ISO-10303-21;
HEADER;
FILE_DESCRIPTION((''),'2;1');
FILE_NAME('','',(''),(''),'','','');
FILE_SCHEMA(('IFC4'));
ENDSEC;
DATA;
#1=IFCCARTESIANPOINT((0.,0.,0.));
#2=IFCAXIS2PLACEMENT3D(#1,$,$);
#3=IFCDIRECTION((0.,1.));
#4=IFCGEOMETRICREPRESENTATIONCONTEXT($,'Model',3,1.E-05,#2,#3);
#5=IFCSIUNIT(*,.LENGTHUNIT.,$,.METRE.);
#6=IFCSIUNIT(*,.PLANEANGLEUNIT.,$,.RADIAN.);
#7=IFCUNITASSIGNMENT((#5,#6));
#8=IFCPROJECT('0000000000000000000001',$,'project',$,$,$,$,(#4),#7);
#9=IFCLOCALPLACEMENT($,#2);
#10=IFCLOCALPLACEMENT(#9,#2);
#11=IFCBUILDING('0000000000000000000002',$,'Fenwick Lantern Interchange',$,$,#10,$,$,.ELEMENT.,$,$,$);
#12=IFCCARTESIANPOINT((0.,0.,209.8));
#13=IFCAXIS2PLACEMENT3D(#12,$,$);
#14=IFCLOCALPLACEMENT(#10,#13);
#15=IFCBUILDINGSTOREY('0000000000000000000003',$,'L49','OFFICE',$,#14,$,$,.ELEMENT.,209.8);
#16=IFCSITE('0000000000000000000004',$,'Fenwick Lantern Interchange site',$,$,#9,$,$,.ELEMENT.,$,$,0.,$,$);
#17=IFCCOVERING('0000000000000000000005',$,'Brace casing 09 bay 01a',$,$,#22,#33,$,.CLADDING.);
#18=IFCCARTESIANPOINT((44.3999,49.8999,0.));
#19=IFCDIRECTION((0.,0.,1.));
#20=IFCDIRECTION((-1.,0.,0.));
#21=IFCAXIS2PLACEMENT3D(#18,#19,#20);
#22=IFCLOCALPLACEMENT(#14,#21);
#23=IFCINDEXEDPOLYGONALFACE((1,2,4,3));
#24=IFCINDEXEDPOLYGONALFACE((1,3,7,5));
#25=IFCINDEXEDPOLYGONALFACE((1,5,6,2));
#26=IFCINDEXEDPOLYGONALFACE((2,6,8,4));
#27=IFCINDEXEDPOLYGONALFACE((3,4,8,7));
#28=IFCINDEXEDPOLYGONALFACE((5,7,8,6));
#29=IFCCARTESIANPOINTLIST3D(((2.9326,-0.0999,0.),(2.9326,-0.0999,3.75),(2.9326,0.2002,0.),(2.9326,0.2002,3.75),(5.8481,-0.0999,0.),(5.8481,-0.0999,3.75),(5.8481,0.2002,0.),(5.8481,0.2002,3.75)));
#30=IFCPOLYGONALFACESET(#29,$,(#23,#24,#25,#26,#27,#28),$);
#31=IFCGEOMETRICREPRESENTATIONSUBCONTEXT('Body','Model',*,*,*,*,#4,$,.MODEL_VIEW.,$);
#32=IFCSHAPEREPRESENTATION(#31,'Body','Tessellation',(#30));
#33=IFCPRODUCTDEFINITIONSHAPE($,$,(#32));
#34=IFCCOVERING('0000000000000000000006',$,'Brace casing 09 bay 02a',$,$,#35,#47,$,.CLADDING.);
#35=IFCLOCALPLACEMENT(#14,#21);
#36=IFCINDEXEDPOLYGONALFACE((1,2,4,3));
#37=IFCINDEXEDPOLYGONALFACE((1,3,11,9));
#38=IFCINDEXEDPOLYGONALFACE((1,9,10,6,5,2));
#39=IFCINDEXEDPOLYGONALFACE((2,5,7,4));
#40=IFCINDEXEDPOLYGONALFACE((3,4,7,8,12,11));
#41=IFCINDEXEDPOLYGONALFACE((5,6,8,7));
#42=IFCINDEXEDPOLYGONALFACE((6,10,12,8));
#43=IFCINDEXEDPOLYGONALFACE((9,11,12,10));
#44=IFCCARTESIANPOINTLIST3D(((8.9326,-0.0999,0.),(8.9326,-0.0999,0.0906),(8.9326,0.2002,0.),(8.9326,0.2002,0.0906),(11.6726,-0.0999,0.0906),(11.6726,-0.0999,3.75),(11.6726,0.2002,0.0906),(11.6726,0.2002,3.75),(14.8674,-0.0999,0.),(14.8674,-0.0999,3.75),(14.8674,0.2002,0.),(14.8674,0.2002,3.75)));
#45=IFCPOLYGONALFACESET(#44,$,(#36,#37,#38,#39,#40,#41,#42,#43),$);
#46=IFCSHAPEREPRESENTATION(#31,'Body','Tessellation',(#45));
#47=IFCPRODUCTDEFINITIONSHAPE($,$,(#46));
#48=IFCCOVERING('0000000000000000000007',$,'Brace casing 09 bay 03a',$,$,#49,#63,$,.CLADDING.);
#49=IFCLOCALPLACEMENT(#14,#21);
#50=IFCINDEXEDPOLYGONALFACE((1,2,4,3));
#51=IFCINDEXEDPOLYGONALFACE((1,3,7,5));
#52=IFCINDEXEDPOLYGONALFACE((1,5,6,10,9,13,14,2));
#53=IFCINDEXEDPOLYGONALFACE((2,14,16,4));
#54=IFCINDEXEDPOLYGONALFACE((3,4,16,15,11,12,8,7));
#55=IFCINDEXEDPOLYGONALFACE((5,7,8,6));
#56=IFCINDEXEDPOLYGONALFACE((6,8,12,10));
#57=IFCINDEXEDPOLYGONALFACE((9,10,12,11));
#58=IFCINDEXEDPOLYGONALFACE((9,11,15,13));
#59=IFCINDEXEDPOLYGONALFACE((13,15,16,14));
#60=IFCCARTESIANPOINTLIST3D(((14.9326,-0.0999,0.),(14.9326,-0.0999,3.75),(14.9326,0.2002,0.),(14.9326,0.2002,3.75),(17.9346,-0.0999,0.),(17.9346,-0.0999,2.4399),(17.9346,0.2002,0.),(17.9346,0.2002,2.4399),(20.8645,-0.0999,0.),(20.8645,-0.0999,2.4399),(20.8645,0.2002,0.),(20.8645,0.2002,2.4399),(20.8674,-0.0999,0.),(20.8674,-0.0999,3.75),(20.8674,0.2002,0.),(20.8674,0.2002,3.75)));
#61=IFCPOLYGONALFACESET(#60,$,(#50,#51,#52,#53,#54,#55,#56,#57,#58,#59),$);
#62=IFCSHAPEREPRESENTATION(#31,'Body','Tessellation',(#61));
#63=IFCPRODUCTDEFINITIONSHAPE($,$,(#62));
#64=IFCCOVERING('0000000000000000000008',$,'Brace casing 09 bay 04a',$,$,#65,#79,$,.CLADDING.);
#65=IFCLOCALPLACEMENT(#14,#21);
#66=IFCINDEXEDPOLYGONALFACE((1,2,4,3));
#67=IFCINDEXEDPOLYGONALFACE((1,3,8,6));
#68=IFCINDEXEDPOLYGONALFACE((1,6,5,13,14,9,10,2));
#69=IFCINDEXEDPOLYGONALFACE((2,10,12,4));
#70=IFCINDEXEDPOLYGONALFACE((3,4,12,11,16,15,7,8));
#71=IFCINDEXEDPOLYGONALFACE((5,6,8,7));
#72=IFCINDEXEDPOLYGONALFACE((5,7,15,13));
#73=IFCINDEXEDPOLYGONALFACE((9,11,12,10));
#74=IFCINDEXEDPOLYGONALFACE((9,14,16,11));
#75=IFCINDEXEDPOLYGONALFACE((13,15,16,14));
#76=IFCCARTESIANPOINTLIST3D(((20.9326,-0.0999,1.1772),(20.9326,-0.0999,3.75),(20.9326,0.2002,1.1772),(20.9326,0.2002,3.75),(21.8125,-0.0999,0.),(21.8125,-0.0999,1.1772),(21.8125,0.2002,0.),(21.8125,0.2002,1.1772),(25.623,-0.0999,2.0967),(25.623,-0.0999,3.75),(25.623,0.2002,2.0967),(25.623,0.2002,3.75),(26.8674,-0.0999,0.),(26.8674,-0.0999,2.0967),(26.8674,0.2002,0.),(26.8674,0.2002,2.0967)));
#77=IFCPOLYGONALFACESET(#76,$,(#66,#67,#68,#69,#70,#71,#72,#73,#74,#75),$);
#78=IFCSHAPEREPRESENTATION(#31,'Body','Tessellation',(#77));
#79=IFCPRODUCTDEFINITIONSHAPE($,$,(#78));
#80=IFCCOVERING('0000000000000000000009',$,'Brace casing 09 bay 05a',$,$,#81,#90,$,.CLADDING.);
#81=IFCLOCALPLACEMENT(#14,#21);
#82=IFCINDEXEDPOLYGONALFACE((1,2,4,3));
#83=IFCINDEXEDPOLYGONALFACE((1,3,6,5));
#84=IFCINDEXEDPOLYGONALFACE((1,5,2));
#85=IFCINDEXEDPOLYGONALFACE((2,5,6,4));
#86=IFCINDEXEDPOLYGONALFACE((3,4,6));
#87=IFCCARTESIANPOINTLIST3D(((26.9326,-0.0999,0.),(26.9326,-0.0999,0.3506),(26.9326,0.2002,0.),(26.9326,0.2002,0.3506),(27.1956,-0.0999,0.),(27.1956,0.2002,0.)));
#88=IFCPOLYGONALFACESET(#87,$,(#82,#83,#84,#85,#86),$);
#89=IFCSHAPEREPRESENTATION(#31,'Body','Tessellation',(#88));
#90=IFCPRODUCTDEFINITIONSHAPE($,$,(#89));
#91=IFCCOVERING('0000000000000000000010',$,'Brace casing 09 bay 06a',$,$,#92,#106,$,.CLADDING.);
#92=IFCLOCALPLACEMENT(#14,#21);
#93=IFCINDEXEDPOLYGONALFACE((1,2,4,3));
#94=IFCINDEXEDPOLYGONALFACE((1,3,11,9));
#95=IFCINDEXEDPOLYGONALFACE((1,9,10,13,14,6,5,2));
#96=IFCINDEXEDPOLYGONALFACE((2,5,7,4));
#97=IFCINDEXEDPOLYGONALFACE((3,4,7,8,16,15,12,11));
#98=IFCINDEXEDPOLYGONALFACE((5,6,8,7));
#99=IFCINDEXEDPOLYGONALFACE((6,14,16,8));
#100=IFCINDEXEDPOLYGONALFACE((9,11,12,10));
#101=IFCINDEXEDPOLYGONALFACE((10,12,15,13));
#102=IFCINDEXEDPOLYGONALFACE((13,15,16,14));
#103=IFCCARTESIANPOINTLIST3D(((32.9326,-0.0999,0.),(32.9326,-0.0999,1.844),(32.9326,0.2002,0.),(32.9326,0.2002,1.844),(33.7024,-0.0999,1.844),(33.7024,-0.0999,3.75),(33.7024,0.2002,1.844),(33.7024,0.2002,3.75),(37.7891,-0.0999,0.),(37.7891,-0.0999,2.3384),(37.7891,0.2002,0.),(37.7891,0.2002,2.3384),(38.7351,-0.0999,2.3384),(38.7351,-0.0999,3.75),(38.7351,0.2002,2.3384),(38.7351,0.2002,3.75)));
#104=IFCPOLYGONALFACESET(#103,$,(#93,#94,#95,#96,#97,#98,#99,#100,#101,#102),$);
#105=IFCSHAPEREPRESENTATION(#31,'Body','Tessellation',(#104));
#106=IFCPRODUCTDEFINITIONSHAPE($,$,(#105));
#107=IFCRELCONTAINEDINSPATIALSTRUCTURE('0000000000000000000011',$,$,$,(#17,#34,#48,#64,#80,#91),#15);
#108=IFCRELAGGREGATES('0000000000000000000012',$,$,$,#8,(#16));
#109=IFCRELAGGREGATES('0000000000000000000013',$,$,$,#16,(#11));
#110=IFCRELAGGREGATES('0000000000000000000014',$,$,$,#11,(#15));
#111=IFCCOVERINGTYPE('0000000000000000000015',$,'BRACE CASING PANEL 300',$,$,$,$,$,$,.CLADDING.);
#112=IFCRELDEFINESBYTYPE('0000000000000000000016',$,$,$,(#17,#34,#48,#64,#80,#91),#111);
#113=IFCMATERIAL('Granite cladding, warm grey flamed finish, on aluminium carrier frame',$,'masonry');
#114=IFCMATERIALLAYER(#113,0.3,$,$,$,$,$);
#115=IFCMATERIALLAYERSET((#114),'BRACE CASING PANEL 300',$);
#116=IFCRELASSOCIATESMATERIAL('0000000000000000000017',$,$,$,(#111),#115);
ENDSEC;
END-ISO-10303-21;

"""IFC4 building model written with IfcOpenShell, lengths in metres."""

from ifc_helpers import new_model, si_unit, direction, frame, origin, place, context, subcontext, project, spatial, polyline, outline, extrude, material, layer, layer_set, type_object, element, save


model = new_model("IFC4")

# Units and contexts
model_context = context("Model", 3, precision=1e-05, world=origin(), true_north=direction((0.0, 1.0)))
body_context = subcontext(model_context, "Body", "Model", "MODEL_VIEW")
ifc_project = project(units=[si_unit("LENGTHUNIT", "METRE"), si_unit("PLANEANGLEUNIT", "RADIAN")], contexts=[model_context])

# Site, building, storey
site_placement = place(None, origin())
site = spatial("IfcSite", under=ifc_project, at=site_placement, Name="Fenwick Lantern Interchange site", CompositionType="ELEMENT", RefElevation=0.0)
building_placement = place(site_placement, origin())
building = spatial("IfcBuilding", under=site, at=building_placement, Name="Fenwick Lantern Interchange", CompositionType="ELEMENT")
storey_placement = place(building_placement, frame((0.0, 0.0, 209.8)))
storey = spatial("IfcBuildingStorey", under=building, at=storey_placement, Name="L49", Description="OFFICE", CompositionType="ELEMENT", Elevation=209.8)

# Coverings
ifc_material_1 = material(Name="Granite cladding, warm grey flamed finish, on aluminium carrier frame", Category="masonry")
ifc_layer_1 = layer(ifc_material_1, 0.3)
ifc_layer_set_1 = layer_set([ifc_layer_1], Name="BRACE CASING PANEL 300")
covering_type = type_object("IfcCoveringType", Name="BRACE CASING PANEL 300", PredefinedType="CLADDING", material=ifc_layer_set_1)
covering_1_placement = place(storey_placement, frame((44.3999, 49.8999, 0.0), z_axis=(0.0, 0.0, 1.0), x_axis=(-1.0, 0.0, 0.0)))
element("IfcCovering", 1, at=covering_1_placement, inside=storey, type_object=covering_type, Name="Brace casing 09 bay 01a", PredefinedType="CLADDING", context=body_context, shape_type="SweptSolid", body=[
    extrude(outline(polyline([(2.9326, 0.0), (5.8481, 0.0), (5.8481, 3.75), (2.9326, 3.75), (2.9326, 0.0)])), frame((0.0, 0.2002, 0.0), z_axis=(0.0, -1.0, 0.0), x_axis=(1.0, 0.0, 0.0)), (0.0, 0.0, 1.0), 0.3),
])
covering_2_placement = place(storey_placement, frame((44.3999, 49.8999, 0.0), z_axis=(0.0, 0.0, 1.0), x_axis=(-1.0, 0.0, 0.0)))
element("IfcCovering", 2, at=covering_2_placement, inside=storey, type_object=covering_type, Name="Brace casing 09 bay 02a", PredefinedType="CLADDING", context=body_context, shape_type="SweptSolid", body=[
    extrude(outline(polyline([(8.9326, 0.0), (14.8674, 0.0), (14.8674, 3.75), (11.6726, 3.75), (11.6726, 0.0906), (8.9326, 0.0906), (8.9326, 0.0)])), frame((0.0, 0.2002, 0.0), z_axis=(0.0, -1.0, 0.0), x_axis=(1.0, 0.0, 0.0)), (0.0, 0.0, 1.0), 0.3),
])
covering_3_placement = place(storey_placement, frame((44.3999, 49.8999, 0.0), z_axis=(0.0, 0.0, 1.0), x_axis=(-1.0, 0.0, 0.0)))
element("IfcCovering", 3, at=covering_3_placement, inside=storey, type_object=covering_type, Name="Brace casing 09 bay 03a", PredefinedType="CLADDING", context=body_context, shape_type="SweptSolid", body=[
    extrude(outline(polyline([(14.9326, 0.0), (17.9346, 0.0), (17.9346, 2.4399), (20.8645, 2.4399), (20.8645, 0.0), (20.8674, 0.0), (20.8674, 3.75), (14.9326, 3.75), (14.9326, 0.0)])), frame((0.0, 0.2002, 0.0), z_axis=(0.0, -1.0, 0.0), x_axis=(1.0, 0.0, 0.0)), (0.0, 0.0, 1.0), 0.3),
])
covering_4_placement = place(storey_placement, frame((44.3999, 49.8999, 0.0), z_axis=(0.0, 0.0, 1.0), x_axis=(-1.0, 0.0, 0.0)))
element("IfcCovering", 4, at=covering_4_placement, inside=storey, type_object=covering_type, Name="Brace casing 09 bay 04a", PredefinedType="CLADDING", context=body_context, shape_type="SweptSolid", body=[
    extrude(outline(polyline([(21.8125, 0.0), (26.8674, 0.0), (26.8674, 2.0967), (25.623, 2.0967), (25.623, 3.75), (20.9326, 3.75), (20.9326, 1.1772), (21.8125, 1.1772), (21.8125, 0.0)])), frame((0.0, 0.2002, 0.0), z_axis=(0.0, -1.0, 0.0), x_axis=(1.0, 0.0, 0.0)), (0.0, 0.0, 1.0), 0.3),
])
covering_5_placement = place(storey_placement, frame((44.3999, 49.8999, 0.0), z_axis=(0.0, 0.0, 1.0), x_axis=(-1.0, 0.0, 0.0)))
element("IfcCovering", 5, at=covering_5_placement, inside=storey, type_object=covering_type, Name="Brace casing 09 bay 05a", PredefinedType="CLADDING", context=body_context, shape_type="SweptSolid", body=[
    extrude(outline(polyline([(26.9326, 0.0), (27.1956, 0.0), (26.9326, 0.3506), (26.9326, 0.0)])), frame((0.0, 0.2002, 0.0), z_axis=(0.0, -1.0, 0.0), x_axis=(1.0, 0.0, 0.0)), (0.0, 0.0, 1.0), 0.3),
])
covering_6_placement = place(storey_placement, frame((44.3999, 49.8999, 0.0), z_axis=(0.0, 0.0, 1.0), x_axis=(-1.0, 0.0, 0.0)))
element("IfcCovering", 6, at=covering_6_placement, inside=storey, type_object=covering_type, Name="Brace casing 09 bay 06a", PredefinedType="CLADDING", context=body_context, shape_type="SweptSolid", body=[
    extrude(outline(polyline([(32.9326, 0.0), (37.7891, 0.0), (37.7891, 2.3384), (38.7351, 2.3384), (38.7351, 3.75), (33.7024, 3.75), (33.7024, 1.844), (32.9326, 1.844), (32.9326, 0.0)])), frame((0.0, 0.2002, 0.0), z_axis=(0.0, -1.0, 0.0), x_axis=(1.0, 0.0, 0.0)), (0.0, 0.0, 1.0), 0.3),
])

save(model, "model.ifc")
